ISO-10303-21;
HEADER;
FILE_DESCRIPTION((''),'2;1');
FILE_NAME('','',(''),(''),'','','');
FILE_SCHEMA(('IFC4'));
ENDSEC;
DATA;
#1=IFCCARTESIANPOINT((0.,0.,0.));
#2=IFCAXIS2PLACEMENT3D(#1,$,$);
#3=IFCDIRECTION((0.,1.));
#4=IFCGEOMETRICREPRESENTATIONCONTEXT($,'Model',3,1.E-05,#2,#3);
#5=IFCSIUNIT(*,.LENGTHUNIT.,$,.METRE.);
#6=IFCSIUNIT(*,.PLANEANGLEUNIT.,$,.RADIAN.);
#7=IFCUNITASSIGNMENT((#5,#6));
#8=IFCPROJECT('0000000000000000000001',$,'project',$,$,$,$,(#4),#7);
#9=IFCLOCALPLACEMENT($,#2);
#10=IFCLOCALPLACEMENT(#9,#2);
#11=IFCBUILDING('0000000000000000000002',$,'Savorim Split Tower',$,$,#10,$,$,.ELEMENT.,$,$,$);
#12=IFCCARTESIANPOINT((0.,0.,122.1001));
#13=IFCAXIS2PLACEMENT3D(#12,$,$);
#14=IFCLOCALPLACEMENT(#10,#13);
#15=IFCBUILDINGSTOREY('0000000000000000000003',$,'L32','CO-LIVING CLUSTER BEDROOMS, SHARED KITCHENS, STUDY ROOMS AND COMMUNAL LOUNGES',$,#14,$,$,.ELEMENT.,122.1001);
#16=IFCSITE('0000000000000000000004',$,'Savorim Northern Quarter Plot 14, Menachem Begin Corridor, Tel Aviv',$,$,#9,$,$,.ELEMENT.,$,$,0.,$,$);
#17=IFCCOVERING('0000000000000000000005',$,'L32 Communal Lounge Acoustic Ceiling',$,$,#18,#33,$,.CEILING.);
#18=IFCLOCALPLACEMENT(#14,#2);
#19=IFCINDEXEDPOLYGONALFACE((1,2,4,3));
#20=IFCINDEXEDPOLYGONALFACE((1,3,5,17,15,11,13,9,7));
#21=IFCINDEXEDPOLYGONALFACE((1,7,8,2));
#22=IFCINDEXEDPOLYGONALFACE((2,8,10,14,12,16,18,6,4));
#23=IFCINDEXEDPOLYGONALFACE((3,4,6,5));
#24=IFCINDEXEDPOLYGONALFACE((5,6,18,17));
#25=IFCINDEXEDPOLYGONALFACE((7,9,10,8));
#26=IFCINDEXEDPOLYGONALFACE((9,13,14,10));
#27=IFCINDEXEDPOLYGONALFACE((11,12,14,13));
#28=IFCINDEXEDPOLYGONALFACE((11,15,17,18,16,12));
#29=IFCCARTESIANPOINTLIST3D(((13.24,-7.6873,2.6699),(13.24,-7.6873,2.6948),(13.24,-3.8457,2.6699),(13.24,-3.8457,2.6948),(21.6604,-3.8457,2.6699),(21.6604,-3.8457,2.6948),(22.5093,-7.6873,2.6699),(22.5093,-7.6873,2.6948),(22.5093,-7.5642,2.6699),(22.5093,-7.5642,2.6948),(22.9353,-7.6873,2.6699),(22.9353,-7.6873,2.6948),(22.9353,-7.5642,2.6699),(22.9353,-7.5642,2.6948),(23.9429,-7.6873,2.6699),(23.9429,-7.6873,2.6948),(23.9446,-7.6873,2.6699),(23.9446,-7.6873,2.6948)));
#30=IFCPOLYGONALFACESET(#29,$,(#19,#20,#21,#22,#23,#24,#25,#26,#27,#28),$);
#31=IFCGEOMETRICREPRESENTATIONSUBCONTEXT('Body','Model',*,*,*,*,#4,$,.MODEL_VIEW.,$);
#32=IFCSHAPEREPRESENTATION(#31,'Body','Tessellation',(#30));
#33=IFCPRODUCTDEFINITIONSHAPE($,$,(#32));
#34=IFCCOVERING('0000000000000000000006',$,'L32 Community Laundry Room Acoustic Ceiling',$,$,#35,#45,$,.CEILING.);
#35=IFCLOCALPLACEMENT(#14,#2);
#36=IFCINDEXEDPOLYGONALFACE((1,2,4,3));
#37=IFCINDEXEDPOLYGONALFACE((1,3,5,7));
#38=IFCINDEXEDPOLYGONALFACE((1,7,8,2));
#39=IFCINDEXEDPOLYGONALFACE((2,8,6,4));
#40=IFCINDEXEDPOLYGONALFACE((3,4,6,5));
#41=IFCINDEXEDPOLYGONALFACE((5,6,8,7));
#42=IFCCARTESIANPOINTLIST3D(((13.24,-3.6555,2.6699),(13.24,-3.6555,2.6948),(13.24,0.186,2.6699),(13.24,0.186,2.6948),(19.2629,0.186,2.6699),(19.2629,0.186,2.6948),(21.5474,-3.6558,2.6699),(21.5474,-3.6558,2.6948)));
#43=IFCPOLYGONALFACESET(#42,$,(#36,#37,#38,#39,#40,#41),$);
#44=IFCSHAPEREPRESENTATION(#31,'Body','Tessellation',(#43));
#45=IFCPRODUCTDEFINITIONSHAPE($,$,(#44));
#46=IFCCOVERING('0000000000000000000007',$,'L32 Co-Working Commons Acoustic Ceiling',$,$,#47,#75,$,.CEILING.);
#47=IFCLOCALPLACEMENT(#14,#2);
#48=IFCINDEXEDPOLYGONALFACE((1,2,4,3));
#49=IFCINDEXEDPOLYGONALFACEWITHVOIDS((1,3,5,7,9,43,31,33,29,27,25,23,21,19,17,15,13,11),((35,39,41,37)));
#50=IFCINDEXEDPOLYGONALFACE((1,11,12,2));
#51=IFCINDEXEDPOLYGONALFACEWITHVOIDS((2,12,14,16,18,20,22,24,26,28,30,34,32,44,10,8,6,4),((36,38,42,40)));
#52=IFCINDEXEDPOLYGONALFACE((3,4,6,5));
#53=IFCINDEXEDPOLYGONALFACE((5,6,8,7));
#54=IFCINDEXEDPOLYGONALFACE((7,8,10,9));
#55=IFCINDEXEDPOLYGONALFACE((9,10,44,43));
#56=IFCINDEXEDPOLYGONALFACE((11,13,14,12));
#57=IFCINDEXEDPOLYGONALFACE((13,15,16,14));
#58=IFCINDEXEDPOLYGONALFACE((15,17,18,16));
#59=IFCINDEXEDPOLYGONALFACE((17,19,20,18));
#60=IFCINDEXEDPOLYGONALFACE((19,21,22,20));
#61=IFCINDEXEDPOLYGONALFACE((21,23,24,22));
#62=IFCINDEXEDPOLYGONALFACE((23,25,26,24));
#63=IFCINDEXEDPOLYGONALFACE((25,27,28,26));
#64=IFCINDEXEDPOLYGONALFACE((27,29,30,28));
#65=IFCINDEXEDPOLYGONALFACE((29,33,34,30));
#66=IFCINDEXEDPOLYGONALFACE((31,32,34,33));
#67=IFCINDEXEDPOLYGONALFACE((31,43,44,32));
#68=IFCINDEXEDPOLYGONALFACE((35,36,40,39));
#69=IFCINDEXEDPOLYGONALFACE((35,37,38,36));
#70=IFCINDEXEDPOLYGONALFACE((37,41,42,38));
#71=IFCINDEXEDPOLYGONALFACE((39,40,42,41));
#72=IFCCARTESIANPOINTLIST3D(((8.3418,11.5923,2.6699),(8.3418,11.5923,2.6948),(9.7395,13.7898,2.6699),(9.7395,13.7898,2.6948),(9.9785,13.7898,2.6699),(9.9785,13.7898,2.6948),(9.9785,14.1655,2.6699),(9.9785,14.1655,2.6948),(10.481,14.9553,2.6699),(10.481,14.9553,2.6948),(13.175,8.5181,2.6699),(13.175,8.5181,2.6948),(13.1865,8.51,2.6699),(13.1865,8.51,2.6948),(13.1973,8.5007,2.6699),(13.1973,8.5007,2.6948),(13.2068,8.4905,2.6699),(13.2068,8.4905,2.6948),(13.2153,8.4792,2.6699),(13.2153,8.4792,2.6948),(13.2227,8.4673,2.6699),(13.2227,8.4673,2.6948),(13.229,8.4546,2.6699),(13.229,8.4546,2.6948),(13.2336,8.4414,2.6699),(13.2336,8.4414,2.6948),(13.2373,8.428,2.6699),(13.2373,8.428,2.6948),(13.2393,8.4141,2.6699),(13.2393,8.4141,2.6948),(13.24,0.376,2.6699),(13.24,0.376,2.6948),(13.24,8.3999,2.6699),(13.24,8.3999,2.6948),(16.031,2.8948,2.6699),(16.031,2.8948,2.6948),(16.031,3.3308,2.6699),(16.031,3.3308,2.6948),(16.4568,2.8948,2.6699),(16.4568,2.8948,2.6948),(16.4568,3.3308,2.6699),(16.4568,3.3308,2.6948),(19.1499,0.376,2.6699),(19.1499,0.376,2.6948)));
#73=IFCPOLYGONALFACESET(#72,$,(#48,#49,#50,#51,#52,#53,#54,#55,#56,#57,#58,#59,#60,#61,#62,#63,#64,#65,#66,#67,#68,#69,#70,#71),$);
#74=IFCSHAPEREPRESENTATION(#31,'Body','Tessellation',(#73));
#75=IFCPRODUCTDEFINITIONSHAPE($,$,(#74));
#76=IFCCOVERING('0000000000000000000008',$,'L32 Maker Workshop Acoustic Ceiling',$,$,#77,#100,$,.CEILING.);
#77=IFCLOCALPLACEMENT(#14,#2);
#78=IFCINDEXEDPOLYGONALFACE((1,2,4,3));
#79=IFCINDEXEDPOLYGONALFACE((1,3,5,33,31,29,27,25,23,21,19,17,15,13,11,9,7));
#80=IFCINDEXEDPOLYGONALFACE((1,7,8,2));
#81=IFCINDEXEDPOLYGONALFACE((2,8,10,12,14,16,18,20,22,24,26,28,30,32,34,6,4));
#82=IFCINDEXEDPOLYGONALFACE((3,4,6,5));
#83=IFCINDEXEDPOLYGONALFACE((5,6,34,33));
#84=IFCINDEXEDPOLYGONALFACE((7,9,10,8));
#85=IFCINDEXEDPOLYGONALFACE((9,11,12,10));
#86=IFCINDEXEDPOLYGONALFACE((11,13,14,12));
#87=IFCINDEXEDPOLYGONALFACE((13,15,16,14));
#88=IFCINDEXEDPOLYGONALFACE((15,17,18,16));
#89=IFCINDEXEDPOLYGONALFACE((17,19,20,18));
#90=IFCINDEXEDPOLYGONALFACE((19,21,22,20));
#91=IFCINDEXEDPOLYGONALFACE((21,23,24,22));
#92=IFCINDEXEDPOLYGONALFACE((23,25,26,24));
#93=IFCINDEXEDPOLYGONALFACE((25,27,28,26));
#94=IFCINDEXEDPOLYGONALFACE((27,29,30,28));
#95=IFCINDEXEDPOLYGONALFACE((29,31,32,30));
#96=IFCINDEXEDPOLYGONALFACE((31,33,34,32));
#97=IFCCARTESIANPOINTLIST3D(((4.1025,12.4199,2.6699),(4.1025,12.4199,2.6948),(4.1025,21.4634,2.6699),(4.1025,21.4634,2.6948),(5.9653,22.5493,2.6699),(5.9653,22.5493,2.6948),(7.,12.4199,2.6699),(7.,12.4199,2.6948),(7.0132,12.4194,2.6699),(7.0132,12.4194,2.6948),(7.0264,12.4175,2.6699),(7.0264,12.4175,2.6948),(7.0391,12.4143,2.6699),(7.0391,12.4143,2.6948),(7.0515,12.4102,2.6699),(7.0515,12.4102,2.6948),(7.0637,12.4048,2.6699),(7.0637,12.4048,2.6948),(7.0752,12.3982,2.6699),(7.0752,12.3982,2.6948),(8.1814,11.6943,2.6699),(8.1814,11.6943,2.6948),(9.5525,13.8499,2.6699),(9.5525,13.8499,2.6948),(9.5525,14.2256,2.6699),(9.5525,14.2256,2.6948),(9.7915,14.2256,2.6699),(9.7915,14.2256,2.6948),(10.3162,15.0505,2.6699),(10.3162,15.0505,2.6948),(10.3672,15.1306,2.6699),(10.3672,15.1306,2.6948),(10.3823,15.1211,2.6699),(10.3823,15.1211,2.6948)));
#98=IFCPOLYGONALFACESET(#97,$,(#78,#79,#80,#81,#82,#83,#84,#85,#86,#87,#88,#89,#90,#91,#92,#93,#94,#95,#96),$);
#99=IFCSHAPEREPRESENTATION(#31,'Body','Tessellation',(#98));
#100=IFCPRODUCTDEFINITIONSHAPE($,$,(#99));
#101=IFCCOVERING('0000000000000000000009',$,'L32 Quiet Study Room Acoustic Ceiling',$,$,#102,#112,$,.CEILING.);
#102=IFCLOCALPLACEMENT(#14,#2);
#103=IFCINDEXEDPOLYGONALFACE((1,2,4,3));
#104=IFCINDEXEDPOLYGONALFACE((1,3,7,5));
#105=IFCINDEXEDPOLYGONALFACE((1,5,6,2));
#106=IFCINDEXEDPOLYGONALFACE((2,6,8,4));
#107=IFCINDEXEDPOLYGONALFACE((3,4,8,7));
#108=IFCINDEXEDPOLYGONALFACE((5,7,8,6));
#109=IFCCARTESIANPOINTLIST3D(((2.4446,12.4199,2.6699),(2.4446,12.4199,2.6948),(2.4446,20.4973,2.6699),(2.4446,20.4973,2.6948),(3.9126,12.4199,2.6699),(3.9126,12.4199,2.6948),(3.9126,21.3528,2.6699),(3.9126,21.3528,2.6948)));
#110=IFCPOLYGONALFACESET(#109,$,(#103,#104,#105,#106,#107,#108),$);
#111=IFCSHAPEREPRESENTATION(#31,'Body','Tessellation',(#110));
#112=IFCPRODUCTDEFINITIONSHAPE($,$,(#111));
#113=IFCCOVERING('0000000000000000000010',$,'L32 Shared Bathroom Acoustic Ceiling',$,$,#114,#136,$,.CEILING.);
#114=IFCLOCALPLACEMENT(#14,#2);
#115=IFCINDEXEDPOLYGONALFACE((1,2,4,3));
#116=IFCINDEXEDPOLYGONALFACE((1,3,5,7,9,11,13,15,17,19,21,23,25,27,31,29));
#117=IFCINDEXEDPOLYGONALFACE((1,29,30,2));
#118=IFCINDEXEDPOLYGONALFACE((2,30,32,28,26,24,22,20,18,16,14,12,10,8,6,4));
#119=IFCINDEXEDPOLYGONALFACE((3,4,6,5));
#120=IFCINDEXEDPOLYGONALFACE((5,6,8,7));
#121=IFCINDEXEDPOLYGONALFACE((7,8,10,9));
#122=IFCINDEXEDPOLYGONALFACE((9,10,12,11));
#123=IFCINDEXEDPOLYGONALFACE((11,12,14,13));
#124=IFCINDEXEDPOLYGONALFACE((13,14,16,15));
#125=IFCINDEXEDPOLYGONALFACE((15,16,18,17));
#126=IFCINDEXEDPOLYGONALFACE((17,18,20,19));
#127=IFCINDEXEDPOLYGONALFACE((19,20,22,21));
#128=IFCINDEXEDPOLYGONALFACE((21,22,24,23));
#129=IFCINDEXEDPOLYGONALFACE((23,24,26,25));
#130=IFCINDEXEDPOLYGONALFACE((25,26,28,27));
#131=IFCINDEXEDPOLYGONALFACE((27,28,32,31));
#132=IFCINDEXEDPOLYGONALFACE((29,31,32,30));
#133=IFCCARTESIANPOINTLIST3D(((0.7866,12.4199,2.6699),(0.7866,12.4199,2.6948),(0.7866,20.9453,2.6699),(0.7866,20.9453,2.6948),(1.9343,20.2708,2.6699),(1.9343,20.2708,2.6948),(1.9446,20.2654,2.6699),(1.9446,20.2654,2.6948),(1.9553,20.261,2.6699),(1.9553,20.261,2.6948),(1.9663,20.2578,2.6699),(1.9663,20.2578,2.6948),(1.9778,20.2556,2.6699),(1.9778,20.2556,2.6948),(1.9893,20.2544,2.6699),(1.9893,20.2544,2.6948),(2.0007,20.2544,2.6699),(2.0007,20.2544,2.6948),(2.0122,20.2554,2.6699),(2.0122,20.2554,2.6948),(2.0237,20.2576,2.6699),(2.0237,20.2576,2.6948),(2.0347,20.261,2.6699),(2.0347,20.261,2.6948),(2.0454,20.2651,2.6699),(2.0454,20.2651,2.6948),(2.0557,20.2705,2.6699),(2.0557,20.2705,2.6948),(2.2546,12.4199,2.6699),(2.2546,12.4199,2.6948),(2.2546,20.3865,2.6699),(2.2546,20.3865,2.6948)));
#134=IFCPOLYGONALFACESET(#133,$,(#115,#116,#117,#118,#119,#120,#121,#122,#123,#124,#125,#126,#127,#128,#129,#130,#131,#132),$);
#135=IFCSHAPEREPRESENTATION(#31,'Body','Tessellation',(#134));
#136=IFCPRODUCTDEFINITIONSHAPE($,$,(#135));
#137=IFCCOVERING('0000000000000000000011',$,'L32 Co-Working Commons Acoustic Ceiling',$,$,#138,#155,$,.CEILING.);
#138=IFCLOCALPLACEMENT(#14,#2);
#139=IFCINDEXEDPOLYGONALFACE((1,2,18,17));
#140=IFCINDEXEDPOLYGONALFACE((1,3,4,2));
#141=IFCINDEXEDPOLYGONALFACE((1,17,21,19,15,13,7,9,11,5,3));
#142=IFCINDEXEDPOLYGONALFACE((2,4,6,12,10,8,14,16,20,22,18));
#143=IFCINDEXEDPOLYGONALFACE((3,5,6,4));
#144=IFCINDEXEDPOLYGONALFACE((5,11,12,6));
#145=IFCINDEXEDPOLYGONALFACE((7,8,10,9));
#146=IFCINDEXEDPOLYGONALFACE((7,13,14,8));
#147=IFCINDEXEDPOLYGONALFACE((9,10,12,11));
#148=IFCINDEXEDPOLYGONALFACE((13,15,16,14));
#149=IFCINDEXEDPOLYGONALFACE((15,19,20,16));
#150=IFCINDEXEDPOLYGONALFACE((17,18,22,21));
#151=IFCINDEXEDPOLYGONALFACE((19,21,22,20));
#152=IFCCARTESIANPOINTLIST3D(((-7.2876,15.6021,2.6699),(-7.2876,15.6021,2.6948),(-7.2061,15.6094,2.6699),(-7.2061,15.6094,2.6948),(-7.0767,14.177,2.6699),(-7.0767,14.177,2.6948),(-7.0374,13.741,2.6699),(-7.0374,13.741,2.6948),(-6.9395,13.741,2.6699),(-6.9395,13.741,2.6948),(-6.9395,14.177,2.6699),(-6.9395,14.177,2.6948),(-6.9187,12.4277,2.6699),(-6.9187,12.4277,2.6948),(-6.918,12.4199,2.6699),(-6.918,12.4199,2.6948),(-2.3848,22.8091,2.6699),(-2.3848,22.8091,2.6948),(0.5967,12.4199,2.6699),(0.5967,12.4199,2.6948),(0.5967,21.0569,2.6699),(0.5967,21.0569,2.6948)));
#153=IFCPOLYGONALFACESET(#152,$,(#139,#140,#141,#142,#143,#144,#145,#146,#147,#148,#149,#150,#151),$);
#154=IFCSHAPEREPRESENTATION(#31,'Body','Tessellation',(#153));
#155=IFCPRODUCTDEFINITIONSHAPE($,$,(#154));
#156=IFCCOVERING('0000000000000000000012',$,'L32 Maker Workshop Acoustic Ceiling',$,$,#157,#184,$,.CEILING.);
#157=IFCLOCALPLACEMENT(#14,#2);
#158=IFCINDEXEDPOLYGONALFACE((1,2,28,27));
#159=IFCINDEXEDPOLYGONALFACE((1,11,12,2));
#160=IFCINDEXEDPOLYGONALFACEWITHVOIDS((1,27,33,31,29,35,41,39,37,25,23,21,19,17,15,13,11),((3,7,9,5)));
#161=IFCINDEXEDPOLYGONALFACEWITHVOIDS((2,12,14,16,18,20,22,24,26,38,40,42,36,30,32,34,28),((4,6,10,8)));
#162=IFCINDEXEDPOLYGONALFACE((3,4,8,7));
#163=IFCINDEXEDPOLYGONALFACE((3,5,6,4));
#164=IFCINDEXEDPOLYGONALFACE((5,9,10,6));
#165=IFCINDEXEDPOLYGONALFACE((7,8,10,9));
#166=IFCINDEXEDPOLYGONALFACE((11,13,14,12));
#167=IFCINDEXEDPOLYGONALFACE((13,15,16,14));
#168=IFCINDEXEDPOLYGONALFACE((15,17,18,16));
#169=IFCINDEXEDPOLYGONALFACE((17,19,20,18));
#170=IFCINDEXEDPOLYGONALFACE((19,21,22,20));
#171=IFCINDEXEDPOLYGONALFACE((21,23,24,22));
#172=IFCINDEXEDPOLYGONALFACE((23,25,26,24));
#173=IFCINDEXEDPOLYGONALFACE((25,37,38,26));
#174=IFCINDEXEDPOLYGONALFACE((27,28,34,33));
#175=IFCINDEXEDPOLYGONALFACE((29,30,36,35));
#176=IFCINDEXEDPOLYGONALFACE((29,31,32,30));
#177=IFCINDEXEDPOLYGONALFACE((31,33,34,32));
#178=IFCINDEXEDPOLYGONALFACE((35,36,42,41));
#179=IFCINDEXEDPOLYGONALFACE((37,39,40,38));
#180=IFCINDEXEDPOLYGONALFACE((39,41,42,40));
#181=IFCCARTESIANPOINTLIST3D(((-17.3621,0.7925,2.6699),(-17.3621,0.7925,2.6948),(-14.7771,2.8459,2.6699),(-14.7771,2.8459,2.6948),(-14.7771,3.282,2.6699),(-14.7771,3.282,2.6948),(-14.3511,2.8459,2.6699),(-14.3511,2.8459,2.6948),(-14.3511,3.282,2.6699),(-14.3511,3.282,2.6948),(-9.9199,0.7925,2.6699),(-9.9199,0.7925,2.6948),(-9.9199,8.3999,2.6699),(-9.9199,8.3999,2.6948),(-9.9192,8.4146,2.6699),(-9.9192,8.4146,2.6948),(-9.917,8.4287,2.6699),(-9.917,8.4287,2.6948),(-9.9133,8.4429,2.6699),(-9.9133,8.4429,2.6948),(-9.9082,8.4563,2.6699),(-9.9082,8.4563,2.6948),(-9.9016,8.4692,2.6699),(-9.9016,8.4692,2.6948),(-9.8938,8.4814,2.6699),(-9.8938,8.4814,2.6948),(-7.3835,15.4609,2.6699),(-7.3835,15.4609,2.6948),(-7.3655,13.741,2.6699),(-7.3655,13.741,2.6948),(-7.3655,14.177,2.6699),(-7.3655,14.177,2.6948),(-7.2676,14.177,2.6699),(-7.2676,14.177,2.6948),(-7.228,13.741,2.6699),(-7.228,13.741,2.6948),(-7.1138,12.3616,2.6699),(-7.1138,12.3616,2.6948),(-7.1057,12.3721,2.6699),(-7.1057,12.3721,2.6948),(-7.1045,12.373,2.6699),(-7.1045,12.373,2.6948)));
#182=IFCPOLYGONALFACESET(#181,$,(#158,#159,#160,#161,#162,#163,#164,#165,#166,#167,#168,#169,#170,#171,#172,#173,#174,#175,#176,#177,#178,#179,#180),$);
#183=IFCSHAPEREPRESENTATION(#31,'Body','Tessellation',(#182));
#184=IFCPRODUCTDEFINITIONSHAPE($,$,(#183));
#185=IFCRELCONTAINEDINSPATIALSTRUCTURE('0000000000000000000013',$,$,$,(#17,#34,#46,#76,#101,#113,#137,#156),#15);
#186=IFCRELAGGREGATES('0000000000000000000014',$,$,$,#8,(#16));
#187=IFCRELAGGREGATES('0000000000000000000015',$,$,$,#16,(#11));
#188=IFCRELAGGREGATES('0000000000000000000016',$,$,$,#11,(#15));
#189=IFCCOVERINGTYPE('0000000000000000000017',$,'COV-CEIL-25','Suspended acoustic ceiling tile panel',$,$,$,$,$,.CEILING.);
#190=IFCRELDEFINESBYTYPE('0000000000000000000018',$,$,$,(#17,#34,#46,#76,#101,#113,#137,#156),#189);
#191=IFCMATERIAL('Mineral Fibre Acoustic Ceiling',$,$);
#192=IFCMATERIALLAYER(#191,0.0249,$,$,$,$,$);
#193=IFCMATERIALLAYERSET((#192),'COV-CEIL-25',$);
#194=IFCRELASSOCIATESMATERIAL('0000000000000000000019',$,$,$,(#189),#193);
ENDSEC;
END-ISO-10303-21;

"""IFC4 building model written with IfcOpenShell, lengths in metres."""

from ifc_helpers import new_model, si_unit, direction, frame, origin, place, context, subcontext, project, spatial, polyline, outline, extrude, material, layer, layer_set, type_object, element, save


model = new_model("IFC4")

# Units and contexts
model_context = context("Model", 3, precision=1e-05, world=origin(), true_north=direction((0.0, 1.0)))
body_context = subcontext(model_context, "Body", "Model", "MODEL_VIEW")
ifc_project = project(units=[si_unit("LENGTHUNIT", "METRE"), si_unit("PLANEANGLEUNIT", "RADIAN")], contexts=[model_context])

# Site, building, storey
site_placement = place(None, origin())
site = spatial("IfcSite", under=ifc_project, at=site_placement, Name="Savorim Northern Quarter Plot 14, Menachem Begin Corridor, Tel Aviv", CompositionType="ELEMENT", RefElevation=0.0)
building_placement = place(site_placement, origin())
building = spatial("IfcBuilding", under=site, at=building_placement, Name="Savorim Split Tower", CompositionType="ELEMENT")
storey_placement = place(building_placement, frame((0.0, 0.0, 122.1001)))
storey = spatial("IfcBuildingStorey", under=building, at=storey_placement, Name="L32", Description="CO-LIVING CLUSTER BEDROOMS, SHARED KITCHENS, STUDY ROOMS AND COMMUNAL LOUNGES", CompositionType="ELEMENT", Elevation=122.1001)

# Coverings
ifc_material_1 = material(Name="Mineral Fibre Acoustic Ceiling")
ifc_layer_1 = layer(ifc_material_1, 0.0249)
ifc_layer_set_1 = layer_set([ifc_layer_1], Name="COV-CEIL-25")
covering_type_1 = type_object("IfcCoveringType", Name="COV-CEIL-25", Description="Suspended acoustic ceiling tile panel", PredefinedType="CEILING", material=ifc_layer_set_1)
covering_1_placement = place(storey_placement, frame((0.0, 0.0, 2.6699)))
element("IfcCovering", 1, at=covering_1_placement, inside=storey, type_object=covering_type_1, Name="L32 Communal Lounge Acoustic Ceiling", PredefinedType="CEILING", context=body_context, shape_type="SweptSolid", body=[
    extrude(outline(polyline([(22.9353, -7.5642), (22.9353, -7.6873), (23.9429, -7.6873), (23.9446, -7.6873), (21.6604, -3.8457), (13.24, -3.8457), (13.24, -7.6873), (22.5093, -7.6873), (22.5093, -7.5642), (22.9353, -7.5642)])), origin(), (0.0, 0.0, 1.0), 0.0249),
])
covering_2_placement = place(storey_placement, frame((0.0, 0.0, 2.6699)))
element("IfcCovering", 2, at=covering_2_placement, inside=storey, type_object=covering_type_1, Name="L32 Community Laundry Room Acoustic Ceiling", PredefinedType="CEILING", context=body_context, shape_type="SweptSolid", body=[
    extrude(outline(polyline([(21.5474, -3.6558), (19.2629, 0.186), (13.24, 0.186), (13.24, -3.6555), (21.5474, -3.6558)])), origin(), (0.0, 0.0, 1.0), 0.0249),
])
covering_3_placement = place(storey_placement, frame((0.0, 0.0, 2.6699)))
element("IfcCovering", 3, at=covering_3_placement, inside=storey, type_object=covering_type_1, Name="L32 Co-Working Commons Acoustic Ceiling", PredefinedType="CEILING", context=body_context, shape_type="SweptSolid", body=[
    extrude(outline(polyline([(13.2373, 8.428), (13.2393, 8.4141), (13.24, 8.3999), (13.24, 0.376), (19.1499, 0.376), (10.481, 14.9553), (9.9785, 14.1655), (9.9785, 13.7898), (9.7395, 13.7898), (8.3418, 11.5923), (8.3418, 11.5923), (13.175, 8.5181), (13.1865, 8.51), (13.1973, 8.5007), (13.2068, 8.4905), (13.2153, 8.4792), (13.2227, 8.4673), (13.229, 8.4546), (13.2336, 8.4414), (13.2373, 8.428)]), holes=[polyline([(16.4568, 2.8948), (16.4568, 3.3308), (16.031, 3.3308), (16.031, 2.8948), (16.4568, 2.8948)])]), origin(), (0.0, 0.0, 1.0), 0.0249),
])
covering_4_placement = place(storey_placement, frame((0.0, 0.0, 2.6699)))
element("IfcCovering", 4, at=covering_4_placement, inside=storey, type_object=covering_type_1, Name="L32 Maker Workshop Acoustic Ceiling", PredefinedType="CEILING", context=body_context, shape_type="SweptSolid", body=[
    extrude(outline(polyline([(10.3672, 15.1306), (10.3823, 15.1211), (5.9653, 22.5493), (4.1025, 21.4634), (4.1025, 12.4199), (7.0, 12.4199), (7.0132, 12.4194), (7.0264, 12.4175), (7.0391, 12.4143), (7.0515, 12.4102), (7.0637, 12.4048), (7.0752, 12.3982), (8.1814, 11.6943), (9.5525, 13.8499), (9.5525, 14.2256), (9.7915, 14.2256), (10.3162, 15.0505), (10.3672, 15.1306)])), origin(), (0.0, 0.0, 1.0), 0.0249),
])
covering_5_placement = place(storey_placement, frame((0.0, 0.0, 2.6699)))
element("IfcCovering", 5, at=covering_5_placement, inside=storey, type_object=covering_type_1, Name="L32 Quiet Study Room Acoustic Ceiling", PredefinedType="CEILING", context=body_context, shape_type="SweptSolid", body=[
    extrude(outline(polyline([(2.4446, 12.4199), (3.9126, 12.4199), (3.9126, 21.3528), (2.4446, 20.4973), (2.4446, 12.4199)])), origin(), (0.0, 0.0, 1.0), 0.0249),
])
covering_6_placement = place(storey_placement, frame((0.0, 0.0, 2.6699)))
element("IfcCovering", 6, at=covering_6_placement, inside=storey, type_object=covering_type_1, Name="L32 Shared Bathroom Acoustic Ceiling", PredefinedType="CEILING", context=body_context, shape_type="SweptSolid", body=[
    extrude(outline(polyline([(1.9553, 20.261), (1.9446, 20.2654), (1.9343, 20.2708), (0.7866, 20.9453), (0.7866, 12.4199), (2.2546, 12.4199), (2.2546, 20.3865), (2.0557, 20.2705), (2.0454, 20.2651), (2.0347, 20.261), (2.0237, 20.2576), (2.0122, 20.2554), (2.0007, 20.2544), (1.9893, 20.2544), (1.9778, 20.2556), (1.9663, 20.2578), (1.9553, 20.261)])), origin(), (0.0, 0.0, 1.0), 0.0249),
])
covering_7_placement = place(storey_placement, frame((0.0, 0.0, 2.6699)))
element("IfcCovering", 7, at=covering_7_placement, inside=storey, type_object=covering_type_1, Name="L32 Co-Working Commons Acoustic Ceiling", PredefinedType="CEILING", context=body_context, shape_type="SweptSolid", body=[
    extrude(outline(polyline([(-6.918, 12.4199), (0.5967, 12.4199), (0.5967, 21.0569), (-2.3848, 22.8091), (-7.2876, 15.6021), (-7.2061, 15.6094), (-7.0767, 14.177), (-6.9395, 14.177), (-6.9395, 13.741), (-7.0374, 13.741), (-6.9187, 12.4277), (-6.918, 12.4199)])), origin(), (0.0, 0.0, 1.0), 0.0249),
])
covering_8_placement = place(storey_placement, frame((0.0, 0.0, 2.6699)))
element("IfcCovering", 8, at=covering_8_placement, inside=storey, type_object=covering_type_1, Name="L32 Maker Workshop Acoustic Ceiling", PredefinedType="CEILING", context=body_context, shape_type="SweptSolid", body=[
    extrude(outline(polyline([(-7.1138, 12.3616), (-7.1057, 12.3721), (-7.1045, 12.373), (-7.228, 13.741), (-7.3655, 13.741), (-7.3655, 14.177), (-7.2676, 14.177), (-7.3835, 15.4609), (-17.3621, 0.7925), (-9.9199, 0.7925), (-9.9199, 8.3999), (-9.9192, 8.4146), (-9.917, 8.4287), (-9.9133, 8.4429), (-9.9082, 8.4563), (-9.9016, 8.4692), (-9.8938, 8.4814), (-7.1138, 12.3616)]), holes=[polyline([(-14.7771, 3.282), (-14.7771, 2.8459), (-14.3511, 2.8459), (-14.3511, 3.282), (-14.7771, 3.282)])]), origin(), (0.0, 0.0, 1.0), 0.0249),
])

save(model, "model.ifc")
